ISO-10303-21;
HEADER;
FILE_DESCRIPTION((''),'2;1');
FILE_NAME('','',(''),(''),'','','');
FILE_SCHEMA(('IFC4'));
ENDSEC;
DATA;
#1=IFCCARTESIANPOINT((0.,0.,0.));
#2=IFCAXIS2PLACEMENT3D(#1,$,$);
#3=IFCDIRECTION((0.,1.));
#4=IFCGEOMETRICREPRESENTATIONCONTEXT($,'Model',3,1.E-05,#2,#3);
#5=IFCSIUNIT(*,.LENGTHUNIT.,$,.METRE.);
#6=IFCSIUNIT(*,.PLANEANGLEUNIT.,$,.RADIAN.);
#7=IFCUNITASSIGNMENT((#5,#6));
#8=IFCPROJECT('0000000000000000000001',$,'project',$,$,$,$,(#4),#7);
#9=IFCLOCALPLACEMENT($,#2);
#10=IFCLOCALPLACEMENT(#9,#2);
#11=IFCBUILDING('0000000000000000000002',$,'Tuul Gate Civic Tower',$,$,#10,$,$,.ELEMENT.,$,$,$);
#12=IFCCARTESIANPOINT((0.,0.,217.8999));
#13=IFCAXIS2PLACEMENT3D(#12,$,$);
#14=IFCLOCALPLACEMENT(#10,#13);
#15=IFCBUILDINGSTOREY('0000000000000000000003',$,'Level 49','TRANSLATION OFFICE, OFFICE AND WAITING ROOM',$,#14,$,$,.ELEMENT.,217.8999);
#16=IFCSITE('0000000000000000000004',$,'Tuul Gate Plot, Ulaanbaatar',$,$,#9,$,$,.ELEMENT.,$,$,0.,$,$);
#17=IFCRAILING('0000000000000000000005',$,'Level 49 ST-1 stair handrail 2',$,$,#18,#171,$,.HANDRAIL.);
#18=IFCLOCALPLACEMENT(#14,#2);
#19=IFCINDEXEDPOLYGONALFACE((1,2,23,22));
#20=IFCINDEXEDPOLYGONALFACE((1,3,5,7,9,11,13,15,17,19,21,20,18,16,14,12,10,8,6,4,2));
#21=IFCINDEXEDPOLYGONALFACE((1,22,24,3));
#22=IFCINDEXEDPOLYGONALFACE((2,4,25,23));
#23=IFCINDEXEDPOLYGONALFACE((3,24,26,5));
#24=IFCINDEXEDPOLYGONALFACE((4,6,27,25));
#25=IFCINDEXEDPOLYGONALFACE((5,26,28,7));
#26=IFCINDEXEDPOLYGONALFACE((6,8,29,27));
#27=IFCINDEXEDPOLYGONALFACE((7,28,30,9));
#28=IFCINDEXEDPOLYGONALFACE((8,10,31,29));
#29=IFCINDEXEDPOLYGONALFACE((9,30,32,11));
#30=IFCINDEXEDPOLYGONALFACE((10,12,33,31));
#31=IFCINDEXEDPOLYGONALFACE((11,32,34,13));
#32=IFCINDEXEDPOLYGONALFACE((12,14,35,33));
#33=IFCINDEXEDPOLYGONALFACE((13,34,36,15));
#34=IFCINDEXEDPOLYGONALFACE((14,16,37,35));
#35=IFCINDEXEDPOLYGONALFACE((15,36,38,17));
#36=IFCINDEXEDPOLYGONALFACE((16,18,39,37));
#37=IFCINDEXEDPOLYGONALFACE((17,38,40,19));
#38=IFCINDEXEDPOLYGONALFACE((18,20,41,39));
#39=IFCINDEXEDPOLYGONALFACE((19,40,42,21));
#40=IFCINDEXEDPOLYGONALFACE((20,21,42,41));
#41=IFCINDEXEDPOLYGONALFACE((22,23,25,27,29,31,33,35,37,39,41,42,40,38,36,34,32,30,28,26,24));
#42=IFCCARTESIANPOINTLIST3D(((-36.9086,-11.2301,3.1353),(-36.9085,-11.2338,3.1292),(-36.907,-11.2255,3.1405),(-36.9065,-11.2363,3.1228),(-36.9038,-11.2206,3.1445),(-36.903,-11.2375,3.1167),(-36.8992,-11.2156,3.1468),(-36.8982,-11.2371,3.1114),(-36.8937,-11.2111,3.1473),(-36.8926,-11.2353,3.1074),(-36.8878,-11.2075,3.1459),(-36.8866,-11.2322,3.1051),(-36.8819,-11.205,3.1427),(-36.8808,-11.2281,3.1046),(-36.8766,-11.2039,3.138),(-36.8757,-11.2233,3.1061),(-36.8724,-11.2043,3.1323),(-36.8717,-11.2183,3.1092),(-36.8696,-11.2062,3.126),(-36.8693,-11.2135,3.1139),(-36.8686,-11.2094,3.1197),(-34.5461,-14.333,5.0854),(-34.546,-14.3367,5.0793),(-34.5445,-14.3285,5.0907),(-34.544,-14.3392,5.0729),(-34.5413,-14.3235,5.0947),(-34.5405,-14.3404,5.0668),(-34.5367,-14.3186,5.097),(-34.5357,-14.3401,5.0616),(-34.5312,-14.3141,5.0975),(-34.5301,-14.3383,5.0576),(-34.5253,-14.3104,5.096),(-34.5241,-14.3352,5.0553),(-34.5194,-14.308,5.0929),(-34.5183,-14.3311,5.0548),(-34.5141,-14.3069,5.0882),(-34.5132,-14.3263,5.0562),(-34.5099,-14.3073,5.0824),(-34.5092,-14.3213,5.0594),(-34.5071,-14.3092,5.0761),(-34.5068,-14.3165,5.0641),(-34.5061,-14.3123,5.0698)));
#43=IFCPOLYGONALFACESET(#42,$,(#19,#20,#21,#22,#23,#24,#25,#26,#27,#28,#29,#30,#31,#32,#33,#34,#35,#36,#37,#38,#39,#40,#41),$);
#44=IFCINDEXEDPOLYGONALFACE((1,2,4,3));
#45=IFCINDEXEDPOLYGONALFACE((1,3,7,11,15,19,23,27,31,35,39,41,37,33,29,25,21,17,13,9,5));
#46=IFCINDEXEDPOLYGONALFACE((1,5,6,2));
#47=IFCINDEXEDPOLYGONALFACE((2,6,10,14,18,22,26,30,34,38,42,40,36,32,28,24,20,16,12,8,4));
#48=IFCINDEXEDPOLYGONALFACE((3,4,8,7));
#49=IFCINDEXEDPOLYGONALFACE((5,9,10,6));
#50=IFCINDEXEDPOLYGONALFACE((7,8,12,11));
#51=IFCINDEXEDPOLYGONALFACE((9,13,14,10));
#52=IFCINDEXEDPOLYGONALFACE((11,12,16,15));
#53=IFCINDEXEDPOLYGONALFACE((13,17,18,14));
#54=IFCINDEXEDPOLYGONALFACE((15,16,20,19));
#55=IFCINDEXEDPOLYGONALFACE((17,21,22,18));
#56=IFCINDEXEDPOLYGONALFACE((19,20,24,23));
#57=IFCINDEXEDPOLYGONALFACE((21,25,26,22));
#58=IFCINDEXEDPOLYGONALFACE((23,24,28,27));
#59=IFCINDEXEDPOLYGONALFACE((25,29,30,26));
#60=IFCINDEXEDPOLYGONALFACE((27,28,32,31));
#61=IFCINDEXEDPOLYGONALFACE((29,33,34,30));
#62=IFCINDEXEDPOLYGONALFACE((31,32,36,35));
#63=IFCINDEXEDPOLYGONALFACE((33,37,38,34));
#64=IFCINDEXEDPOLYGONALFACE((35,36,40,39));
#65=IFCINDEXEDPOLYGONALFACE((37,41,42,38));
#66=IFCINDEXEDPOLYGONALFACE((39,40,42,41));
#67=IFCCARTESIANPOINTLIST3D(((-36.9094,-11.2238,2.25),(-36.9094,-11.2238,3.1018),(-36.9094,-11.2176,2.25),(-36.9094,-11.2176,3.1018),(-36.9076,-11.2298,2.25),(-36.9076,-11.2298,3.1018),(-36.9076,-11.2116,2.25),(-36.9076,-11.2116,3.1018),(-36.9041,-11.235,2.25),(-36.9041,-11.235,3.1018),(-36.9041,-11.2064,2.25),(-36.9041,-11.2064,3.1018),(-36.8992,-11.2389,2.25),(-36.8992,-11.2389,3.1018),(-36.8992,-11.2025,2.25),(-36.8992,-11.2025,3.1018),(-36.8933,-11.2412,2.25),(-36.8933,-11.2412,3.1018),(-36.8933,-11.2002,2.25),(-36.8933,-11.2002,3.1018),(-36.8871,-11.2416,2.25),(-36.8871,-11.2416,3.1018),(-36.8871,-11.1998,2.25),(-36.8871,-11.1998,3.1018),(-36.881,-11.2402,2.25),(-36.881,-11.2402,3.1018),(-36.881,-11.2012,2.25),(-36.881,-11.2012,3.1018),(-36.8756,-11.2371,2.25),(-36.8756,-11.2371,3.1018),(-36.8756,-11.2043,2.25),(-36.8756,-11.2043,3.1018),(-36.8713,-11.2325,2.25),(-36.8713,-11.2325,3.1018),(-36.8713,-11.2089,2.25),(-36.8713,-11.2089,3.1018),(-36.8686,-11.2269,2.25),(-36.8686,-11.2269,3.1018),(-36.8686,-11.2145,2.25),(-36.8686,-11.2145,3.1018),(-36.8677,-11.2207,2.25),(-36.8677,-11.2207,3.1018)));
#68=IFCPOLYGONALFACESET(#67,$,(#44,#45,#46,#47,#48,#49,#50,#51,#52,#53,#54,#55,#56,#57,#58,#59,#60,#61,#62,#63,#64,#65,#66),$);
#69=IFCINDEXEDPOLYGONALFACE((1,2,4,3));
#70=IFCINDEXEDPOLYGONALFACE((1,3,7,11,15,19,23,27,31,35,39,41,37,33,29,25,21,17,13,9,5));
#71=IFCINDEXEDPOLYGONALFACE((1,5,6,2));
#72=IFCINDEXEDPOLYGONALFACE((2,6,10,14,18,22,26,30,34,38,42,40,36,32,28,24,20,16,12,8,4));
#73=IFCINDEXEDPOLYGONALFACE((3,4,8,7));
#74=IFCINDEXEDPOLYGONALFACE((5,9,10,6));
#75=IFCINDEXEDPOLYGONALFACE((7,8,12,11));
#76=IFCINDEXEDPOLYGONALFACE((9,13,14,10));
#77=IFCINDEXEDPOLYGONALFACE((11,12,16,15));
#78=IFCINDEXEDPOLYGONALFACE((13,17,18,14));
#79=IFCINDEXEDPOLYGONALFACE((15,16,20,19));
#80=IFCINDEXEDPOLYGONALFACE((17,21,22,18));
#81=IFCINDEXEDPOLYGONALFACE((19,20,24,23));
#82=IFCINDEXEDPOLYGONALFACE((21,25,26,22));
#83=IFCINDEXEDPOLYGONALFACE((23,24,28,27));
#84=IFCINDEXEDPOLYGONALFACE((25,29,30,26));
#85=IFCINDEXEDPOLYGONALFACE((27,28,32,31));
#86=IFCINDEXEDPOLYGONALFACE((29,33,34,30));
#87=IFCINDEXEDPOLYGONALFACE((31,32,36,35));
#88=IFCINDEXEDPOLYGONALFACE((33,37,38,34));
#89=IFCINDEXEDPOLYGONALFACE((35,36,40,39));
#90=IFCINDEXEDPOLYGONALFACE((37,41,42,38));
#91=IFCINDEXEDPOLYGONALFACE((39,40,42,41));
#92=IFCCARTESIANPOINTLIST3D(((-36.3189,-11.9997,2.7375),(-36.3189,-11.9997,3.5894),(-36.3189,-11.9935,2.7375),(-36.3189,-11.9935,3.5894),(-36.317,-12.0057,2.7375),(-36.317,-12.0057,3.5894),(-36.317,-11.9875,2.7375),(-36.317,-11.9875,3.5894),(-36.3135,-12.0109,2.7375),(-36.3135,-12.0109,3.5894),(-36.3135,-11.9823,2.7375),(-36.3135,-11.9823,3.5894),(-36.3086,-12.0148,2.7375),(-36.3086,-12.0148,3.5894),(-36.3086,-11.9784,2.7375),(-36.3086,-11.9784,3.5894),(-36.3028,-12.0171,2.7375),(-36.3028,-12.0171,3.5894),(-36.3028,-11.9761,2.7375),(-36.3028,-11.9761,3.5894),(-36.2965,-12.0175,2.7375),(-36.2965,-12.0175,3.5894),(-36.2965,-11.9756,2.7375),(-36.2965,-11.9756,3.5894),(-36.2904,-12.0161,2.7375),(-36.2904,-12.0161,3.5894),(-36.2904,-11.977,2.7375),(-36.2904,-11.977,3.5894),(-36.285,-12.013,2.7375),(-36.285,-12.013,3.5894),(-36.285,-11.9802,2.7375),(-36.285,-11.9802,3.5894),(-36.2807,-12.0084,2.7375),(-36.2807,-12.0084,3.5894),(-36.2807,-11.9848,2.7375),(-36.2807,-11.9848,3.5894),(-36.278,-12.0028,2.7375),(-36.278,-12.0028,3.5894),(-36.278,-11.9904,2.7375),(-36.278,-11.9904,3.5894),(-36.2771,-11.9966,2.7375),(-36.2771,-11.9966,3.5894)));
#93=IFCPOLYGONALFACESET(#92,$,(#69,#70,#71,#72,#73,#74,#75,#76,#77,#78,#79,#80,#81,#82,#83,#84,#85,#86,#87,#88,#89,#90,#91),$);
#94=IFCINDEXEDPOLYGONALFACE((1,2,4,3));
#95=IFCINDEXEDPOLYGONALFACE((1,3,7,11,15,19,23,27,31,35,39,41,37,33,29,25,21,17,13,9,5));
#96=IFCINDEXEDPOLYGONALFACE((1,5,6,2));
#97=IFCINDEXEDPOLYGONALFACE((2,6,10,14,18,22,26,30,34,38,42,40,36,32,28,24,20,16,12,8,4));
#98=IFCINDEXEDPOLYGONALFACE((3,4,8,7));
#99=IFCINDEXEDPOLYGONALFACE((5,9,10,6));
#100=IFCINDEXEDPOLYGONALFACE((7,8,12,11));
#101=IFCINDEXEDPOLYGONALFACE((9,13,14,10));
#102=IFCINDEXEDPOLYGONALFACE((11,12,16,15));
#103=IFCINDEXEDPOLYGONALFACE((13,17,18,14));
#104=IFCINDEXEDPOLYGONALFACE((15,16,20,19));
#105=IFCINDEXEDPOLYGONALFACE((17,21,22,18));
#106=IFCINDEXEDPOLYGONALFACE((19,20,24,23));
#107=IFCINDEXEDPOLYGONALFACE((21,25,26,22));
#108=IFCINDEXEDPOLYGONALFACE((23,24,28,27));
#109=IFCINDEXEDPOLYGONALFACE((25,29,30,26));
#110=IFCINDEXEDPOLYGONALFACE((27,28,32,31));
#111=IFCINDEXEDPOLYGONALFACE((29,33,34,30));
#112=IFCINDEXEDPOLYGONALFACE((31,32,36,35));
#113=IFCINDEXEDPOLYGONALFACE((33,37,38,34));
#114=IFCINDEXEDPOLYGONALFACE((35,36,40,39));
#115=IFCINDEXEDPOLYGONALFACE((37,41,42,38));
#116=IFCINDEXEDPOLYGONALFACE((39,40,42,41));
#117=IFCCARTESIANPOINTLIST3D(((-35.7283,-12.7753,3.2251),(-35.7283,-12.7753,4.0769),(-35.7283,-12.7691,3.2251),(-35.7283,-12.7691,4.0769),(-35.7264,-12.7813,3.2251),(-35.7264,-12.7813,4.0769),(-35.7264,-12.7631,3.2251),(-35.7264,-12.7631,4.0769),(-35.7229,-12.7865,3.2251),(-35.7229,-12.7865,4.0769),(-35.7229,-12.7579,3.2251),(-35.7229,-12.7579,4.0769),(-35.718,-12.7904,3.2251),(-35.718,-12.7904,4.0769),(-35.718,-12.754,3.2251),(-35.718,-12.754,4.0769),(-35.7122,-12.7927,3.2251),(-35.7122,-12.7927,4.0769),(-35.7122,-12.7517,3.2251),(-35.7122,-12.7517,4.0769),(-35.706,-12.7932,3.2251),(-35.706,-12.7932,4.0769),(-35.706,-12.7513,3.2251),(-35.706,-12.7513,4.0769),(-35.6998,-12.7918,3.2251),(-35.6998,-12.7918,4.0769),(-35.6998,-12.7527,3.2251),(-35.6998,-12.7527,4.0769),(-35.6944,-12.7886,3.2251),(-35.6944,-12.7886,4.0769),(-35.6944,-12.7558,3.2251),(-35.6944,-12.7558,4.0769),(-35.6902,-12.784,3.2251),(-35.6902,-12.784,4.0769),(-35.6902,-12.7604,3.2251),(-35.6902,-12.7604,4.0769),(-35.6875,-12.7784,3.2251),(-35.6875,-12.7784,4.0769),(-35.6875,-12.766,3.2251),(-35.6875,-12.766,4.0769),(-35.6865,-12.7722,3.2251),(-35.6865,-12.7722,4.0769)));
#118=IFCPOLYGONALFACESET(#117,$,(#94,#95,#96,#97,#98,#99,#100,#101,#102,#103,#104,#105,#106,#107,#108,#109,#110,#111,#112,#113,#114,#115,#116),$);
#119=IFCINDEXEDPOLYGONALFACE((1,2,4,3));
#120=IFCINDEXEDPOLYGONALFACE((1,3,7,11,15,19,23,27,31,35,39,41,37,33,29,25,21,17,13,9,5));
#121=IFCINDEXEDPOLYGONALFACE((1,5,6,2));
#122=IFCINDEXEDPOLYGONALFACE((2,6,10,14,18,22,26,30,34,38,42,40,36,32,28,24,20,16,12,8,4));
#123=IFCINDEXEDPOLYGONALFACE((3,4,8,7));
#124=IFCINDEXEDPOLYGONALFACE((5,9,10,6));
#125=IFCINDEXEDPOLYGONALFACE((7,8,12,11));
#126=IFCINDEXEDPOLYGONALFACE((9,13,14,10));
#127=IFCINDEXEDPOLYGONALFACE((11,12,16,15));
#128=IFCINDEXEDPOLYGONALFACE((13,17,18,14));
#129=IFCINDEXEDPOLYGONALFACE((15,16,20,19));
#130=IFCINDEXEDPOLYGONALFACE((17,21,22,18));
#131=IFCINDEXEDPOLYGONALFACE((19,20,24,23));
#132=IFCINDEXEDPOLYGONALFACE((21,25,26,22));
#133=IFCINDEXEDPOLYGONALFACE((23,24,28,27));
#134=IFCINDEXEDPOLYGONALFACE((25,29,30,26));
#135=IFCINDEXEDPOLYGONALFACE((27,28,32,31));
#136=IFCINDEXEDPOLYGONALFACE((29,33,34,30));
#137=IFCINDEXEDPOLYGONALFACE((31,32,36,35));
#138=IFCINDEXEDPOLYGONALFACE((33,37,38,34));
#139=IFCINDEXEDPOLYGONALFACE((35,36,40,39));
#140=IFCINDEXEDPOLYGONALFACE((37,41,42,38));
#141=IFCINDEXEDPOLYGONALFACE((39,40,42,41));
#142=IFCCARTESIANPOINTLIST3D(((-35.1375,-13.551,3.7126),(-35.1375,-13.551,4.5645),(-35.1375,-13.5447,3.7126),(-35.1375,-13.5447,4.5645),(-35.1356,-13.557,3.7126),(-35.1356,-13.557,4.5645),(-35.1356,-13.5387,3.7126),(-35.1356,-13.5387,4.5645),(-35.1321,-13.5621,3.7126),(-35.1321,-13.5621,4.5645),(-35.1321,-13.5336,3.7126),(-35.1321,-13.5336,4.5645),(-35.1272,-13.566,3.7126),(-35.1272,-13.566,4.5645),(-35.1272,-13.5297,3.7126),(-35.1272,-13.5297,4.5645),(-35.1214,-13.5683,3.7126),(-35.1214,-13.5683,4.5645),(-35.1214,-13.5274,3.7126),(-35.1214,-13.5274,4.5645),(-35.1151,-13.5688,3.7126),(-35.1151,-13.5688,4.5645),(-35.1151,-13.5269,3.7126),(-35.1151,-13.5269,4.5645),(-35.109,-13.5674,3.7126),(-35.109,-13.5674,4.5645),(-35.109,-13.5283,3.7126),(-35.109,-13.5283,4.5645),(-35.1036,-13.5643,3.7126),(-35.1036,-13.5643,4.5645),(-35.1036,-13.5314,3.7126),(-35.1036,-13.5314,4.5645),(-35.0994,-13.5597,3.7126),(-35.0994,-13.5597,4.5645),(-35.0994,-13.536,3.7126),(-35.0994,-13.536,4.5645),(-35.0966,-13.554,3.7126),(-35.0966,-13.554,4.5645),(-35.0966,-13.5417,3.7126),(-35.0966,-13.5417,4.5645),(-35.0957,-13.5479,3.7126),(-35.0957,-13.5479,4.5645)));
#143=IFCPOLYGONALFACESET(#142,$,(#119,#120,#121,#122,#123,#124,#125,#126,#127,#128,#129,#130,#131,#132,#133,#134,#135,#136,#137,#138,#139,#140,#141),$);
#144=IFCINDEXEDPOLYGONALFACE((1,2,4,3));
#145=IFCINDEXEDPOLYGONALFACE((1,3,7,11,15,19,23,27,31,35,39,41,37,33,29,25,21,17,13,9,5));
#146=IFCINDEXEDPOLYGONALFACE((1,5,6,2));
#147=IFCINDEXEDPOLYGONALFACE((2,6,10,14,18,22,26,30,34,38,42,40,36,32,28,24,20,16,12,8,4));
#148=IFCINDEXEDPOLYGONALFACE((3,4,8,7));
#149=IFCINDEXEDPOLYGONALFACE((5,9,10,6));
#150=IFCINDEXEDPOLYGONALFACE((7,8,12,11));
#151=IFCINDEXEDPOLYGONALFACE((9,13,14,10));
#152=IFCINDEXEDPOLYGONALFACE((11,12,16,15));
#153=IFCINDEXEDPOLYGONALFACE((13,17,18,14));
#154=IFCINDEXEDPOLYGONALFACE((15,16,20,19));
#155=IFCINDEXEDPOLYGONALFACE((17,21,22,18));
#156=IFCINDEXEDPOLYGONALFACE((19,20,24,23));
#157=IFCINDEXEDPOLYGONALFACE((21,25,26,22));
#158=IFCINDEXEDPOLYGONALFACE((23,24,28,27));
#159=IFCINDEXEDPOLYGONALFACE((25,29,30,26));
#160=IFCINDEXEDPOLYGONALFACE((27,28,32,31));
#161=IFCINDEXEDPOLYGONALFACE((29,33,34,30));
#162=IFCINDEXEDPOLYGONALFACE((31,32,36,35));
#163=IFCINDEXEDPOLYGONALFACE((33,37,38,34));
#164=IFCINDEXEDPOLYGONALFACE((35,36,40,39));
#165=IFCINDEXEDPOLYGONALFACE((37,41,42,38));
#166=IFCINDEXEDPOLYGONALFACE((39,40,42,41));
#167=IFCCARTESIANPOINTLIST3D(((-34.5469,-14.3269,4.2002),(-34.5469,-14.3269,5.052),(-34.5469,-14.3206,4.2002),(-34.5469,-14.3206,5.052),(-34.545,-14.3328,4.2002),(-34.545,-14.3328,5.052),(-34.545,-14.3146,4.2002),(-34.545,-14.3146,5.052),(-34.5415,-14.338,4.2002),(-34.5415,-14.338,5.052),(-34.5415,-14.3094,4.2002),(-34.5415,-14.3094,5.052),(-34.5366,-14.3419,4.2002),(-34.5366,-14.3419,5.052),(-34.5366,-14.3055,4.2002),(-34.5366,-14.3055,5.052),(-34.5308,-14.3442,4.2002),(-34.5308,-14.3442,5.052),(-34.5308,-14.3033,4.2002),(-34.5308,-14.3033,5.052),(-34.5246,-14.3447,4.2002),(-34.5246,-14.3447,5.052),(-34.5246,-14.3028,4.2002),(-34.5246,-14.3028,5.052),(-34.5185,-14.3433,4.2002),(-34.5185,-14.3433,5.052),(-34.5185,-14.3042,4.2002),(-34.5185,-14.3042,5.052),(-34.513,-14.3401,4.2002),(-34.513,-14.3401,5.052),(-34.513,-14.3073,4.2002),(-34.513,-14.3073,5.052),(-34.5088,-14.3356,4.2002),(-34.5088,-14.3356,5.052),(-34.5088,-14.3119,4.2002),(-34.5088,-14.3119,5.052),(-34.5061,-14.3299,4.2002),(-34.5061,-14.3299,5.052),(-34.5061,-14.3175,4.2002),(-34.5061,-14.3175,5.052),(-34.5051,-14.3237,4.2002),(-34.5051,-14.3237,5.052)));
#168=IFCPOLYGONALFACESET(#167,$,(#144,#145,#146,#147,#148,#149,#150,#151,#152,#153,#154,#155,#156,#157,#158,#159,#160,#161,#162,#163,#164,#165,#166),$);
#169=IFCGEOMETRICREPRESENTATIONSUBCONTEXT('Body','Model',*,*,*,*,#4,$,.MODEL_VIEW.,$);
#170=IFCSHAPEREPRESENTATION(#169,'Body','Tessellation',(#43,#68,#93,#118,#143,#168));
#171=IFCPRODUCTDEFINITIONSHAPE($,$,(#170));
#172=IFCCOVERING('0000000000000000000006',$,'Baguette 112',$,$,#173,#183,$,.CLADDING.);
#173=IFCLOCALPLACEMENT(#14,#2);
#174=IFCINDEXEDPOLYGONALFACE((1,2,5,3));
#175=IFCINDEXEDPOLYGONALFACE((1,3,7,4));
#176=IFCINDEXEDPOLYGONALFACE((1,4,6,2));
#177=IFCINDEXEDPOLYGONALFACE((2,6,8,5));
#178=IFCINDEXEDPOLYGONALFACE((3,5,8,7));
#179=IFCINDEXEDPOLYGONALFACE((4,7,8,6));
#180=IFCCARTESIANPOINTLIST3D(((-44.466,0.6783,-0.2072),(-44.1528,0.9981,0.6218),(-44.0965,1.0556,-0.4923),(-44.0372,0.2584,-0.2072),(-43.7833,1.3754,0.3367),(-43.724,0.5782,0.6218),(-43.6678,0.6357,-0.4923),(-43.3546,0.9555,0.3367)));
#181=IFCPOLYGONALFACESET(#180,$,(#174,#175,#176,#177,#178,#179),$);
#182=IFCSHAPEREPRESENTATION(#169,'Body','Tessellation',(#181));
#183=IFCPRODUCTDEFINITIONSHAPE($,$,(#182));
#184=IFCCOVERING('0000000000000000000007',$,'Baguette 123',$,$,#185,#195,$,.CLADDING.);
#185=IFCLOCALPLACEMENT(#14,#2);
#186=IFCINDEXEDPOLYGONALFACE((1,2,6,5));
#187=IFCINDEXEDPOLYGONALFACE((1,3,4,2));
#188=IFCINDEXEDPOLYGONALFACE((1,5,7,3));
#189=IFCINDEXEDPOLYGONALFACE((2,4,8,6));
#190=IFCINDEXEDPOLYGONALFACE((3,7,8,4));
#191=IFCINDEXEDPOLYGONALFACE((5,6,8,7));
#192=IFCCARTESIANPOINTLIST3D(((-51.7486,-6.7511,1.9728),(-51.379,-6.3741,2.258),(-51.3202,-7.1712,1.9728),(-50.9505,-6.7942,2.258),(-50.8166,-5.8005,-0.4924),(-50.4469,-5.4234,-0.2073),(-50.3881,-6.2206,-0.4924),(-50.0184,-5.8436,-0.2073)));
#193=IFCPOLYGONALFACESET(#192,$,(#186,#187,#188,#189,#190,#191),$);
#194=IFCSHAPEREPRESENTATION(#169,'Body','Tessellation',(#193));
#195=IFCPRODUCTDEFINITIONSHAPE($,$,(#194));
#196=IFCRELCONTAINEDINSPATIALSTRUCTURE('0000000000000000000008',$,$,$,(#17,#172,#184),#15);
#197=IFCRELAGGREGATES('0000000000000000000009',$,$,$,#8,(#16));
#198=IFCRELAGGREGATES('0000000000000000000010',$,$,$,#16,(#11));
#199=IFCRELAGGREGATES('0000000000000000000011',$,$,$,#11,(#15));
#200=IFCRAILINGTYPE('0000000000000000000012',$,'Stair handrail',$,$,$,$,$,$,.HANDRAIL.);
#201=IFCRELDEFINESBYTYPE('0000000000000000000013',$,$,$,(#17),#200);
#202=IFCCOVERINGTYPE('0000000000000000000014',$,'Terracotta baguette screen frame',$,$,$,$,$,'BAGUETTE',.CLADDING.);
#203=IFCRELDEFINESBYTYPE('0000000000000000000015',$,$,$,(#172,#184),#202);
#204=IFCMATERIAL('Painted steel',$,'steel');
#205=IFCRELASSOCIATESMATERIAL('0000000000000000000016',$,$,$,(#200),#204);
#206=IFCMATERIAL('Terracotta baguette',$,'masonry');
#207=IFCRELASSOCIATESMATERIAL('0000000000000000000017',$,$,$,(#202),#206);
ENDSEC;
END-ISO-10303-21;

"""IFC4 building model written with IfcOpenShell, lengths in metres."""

from ifc_helpers import new_model, si_unit, direction, frame, origin, origin_2d, place, context, subcontext, project, spatial, rectangle, circle, extrude, material, material_profile, profile_set, type_object, element, save


model = new_model("IFC4")

# Units and contexts
model_context = context("Model", 3, precision=1e-05, world=origin(), true_north=direction((0.0, 1.0)))
body_context = subcontext(model_context, "Body", "Model", "MODEL_VIEW")
ifc_project = project(units=[si_unit("LENGTHUNIT", "METRE"), si_unit("PLANEANGLEUNIT", "RADIAN")], contexts=[model_context])

# Site, building, storey
site_placement = place(None, origin())
site = spatial("IfcSite", under=ifc_project, at=site_placement, Name="Tuul Gate Plot, Ulaanbaatar", CompositionType="ELEMENT", RefElevation=0.0)
building_placement = place(site_placement, origin())
building = spatial("IfcBuilding", under=site, at=building_placement, Name="Tuul Gate Civic Tower", CompositionType="ELEMENT")
storey_placement = place(building_placement, frame((0.0, 0.0, 217.8999)))
storey = spatial("IfcBuildingStorey", under=building, at=storey_placement, Name="Level 49", Description="TRANSLATION OFFICE, OFFICE AND WAITING ROOM", CompositionType="ELEMENT", Elevation=217.8999)

# Railing
ifc_material_1 = material(Name="Painted steel", Category="steel")
railing_type = type_object("IfcRailingType", Name="Stair handrail", PredefinedType="HANDRAIL", material=ifc_material_1)
railing_placement = place(storey_placement, frame((-36.8887, -11.2207, 2.25)))
element("IfcRailing", 1, at=railing_placement, inside=storey, type_object=railing_type, Name="Level 49 ST-1 stair handrail 2", PredefinedType="HANDRAIL", context=body_context, shape_type="SweptSolid", body=[
    extrude(circle(Radius=0.0239, at=origin_2d()), frame((0.0, 0.0, 0.876), z_axis=(0.541811, -0.711627, 0.447245), x_axis=(0.795637, 0.605773, 0.0)), (0.0, 0.0, 1.0), 4.3604),
    extrude(circle(Radius=0.021, at=origin_2d()), origin(), (0.0, 0.0, 1.0), 0.8518),
    extrude(circle(Radius=0.021, at=origin_2d()), frame((0.5906, -0.7759, 0.4875)), (0.0, 0.0, 1.0), 0.8518),
    extrude(circle(Radius=0.021, at=origin_2d()), frame((1.1812, -1.5515, 0.9751)), (0.0, 0.0, 1.0), 0.8518),
    extrude(circle(Radius=0.021, at=origin_2d()), frame((1.772, -2.3271, 1.4626)), (0.0, 0.0, 1.0), 0.8518),
    extrude(circle(Radius=0.021, at=origin_2d()), frame((2.3625, -3.103, 1.9502)), (0.0, 0.0, 1.0), 0.8518),
])

# Coverings
ifc_material_2 = material(Name="Terracotta baguette", Category="masonry")
ifc_material_profile_1 = material_profile(ifc_material_2, rectangle(XDim=0.6001, YDim=0.6001, at=origin_2d()), Name="Terracotta baguette screen frame")
ifc_profile_set_1 = profile_set([ifc_material_profile_1], Name="Terracotta baguette")
covering_type = type_object("IfcCoveringType", Name="Terracotta baguette screen frame", ElementType="BAGUETTE", PredefinedType="CLADDING", material=ifc_profile_set_1)
covering_1_placement = place(storey_placement, frame((-43.7537, 0.9768, 0.4792), z_axis=(-0.332435, -0.339431, -0.879928), x_axis=(0.714431, -0.699706, 0.0)))
element("IfcCovering", 2, at=covering_1_placement, inside=storey, type_object=covering_type, Name="Baguette 112", PredefinedType="CLADDING", context=body_context, shape_type="SweptSolid", body=[
    extrude(rectangle(XDim=0.6001, YDim=0.6001, at=origin_2d()), origin(), (0.0, 0.0, 1.0), 0.9421),
])
covering_2_placement = place(storey_placement, frame((-50.4175, -5.822, -0.3499), z_axis=(-0.33268, -0.339302, 0.879885), x_axis=(0.71404, -0.700104, 0.0)))
element("IfcCovering", 3, at=covering_2_placement, inside=storey, type_object=covering_type, Name="Baguette 123", PredefinedType="CLADDING", context=body_context, shape_type="SweptSolid", body=[
    extrude(rectangle(XDim=0.6001, YDim=0.6001, at=origin_2d()), origin(), (0.0, 0.0, 1.0), 2.8018),
])

save(model, "model.ifc")
